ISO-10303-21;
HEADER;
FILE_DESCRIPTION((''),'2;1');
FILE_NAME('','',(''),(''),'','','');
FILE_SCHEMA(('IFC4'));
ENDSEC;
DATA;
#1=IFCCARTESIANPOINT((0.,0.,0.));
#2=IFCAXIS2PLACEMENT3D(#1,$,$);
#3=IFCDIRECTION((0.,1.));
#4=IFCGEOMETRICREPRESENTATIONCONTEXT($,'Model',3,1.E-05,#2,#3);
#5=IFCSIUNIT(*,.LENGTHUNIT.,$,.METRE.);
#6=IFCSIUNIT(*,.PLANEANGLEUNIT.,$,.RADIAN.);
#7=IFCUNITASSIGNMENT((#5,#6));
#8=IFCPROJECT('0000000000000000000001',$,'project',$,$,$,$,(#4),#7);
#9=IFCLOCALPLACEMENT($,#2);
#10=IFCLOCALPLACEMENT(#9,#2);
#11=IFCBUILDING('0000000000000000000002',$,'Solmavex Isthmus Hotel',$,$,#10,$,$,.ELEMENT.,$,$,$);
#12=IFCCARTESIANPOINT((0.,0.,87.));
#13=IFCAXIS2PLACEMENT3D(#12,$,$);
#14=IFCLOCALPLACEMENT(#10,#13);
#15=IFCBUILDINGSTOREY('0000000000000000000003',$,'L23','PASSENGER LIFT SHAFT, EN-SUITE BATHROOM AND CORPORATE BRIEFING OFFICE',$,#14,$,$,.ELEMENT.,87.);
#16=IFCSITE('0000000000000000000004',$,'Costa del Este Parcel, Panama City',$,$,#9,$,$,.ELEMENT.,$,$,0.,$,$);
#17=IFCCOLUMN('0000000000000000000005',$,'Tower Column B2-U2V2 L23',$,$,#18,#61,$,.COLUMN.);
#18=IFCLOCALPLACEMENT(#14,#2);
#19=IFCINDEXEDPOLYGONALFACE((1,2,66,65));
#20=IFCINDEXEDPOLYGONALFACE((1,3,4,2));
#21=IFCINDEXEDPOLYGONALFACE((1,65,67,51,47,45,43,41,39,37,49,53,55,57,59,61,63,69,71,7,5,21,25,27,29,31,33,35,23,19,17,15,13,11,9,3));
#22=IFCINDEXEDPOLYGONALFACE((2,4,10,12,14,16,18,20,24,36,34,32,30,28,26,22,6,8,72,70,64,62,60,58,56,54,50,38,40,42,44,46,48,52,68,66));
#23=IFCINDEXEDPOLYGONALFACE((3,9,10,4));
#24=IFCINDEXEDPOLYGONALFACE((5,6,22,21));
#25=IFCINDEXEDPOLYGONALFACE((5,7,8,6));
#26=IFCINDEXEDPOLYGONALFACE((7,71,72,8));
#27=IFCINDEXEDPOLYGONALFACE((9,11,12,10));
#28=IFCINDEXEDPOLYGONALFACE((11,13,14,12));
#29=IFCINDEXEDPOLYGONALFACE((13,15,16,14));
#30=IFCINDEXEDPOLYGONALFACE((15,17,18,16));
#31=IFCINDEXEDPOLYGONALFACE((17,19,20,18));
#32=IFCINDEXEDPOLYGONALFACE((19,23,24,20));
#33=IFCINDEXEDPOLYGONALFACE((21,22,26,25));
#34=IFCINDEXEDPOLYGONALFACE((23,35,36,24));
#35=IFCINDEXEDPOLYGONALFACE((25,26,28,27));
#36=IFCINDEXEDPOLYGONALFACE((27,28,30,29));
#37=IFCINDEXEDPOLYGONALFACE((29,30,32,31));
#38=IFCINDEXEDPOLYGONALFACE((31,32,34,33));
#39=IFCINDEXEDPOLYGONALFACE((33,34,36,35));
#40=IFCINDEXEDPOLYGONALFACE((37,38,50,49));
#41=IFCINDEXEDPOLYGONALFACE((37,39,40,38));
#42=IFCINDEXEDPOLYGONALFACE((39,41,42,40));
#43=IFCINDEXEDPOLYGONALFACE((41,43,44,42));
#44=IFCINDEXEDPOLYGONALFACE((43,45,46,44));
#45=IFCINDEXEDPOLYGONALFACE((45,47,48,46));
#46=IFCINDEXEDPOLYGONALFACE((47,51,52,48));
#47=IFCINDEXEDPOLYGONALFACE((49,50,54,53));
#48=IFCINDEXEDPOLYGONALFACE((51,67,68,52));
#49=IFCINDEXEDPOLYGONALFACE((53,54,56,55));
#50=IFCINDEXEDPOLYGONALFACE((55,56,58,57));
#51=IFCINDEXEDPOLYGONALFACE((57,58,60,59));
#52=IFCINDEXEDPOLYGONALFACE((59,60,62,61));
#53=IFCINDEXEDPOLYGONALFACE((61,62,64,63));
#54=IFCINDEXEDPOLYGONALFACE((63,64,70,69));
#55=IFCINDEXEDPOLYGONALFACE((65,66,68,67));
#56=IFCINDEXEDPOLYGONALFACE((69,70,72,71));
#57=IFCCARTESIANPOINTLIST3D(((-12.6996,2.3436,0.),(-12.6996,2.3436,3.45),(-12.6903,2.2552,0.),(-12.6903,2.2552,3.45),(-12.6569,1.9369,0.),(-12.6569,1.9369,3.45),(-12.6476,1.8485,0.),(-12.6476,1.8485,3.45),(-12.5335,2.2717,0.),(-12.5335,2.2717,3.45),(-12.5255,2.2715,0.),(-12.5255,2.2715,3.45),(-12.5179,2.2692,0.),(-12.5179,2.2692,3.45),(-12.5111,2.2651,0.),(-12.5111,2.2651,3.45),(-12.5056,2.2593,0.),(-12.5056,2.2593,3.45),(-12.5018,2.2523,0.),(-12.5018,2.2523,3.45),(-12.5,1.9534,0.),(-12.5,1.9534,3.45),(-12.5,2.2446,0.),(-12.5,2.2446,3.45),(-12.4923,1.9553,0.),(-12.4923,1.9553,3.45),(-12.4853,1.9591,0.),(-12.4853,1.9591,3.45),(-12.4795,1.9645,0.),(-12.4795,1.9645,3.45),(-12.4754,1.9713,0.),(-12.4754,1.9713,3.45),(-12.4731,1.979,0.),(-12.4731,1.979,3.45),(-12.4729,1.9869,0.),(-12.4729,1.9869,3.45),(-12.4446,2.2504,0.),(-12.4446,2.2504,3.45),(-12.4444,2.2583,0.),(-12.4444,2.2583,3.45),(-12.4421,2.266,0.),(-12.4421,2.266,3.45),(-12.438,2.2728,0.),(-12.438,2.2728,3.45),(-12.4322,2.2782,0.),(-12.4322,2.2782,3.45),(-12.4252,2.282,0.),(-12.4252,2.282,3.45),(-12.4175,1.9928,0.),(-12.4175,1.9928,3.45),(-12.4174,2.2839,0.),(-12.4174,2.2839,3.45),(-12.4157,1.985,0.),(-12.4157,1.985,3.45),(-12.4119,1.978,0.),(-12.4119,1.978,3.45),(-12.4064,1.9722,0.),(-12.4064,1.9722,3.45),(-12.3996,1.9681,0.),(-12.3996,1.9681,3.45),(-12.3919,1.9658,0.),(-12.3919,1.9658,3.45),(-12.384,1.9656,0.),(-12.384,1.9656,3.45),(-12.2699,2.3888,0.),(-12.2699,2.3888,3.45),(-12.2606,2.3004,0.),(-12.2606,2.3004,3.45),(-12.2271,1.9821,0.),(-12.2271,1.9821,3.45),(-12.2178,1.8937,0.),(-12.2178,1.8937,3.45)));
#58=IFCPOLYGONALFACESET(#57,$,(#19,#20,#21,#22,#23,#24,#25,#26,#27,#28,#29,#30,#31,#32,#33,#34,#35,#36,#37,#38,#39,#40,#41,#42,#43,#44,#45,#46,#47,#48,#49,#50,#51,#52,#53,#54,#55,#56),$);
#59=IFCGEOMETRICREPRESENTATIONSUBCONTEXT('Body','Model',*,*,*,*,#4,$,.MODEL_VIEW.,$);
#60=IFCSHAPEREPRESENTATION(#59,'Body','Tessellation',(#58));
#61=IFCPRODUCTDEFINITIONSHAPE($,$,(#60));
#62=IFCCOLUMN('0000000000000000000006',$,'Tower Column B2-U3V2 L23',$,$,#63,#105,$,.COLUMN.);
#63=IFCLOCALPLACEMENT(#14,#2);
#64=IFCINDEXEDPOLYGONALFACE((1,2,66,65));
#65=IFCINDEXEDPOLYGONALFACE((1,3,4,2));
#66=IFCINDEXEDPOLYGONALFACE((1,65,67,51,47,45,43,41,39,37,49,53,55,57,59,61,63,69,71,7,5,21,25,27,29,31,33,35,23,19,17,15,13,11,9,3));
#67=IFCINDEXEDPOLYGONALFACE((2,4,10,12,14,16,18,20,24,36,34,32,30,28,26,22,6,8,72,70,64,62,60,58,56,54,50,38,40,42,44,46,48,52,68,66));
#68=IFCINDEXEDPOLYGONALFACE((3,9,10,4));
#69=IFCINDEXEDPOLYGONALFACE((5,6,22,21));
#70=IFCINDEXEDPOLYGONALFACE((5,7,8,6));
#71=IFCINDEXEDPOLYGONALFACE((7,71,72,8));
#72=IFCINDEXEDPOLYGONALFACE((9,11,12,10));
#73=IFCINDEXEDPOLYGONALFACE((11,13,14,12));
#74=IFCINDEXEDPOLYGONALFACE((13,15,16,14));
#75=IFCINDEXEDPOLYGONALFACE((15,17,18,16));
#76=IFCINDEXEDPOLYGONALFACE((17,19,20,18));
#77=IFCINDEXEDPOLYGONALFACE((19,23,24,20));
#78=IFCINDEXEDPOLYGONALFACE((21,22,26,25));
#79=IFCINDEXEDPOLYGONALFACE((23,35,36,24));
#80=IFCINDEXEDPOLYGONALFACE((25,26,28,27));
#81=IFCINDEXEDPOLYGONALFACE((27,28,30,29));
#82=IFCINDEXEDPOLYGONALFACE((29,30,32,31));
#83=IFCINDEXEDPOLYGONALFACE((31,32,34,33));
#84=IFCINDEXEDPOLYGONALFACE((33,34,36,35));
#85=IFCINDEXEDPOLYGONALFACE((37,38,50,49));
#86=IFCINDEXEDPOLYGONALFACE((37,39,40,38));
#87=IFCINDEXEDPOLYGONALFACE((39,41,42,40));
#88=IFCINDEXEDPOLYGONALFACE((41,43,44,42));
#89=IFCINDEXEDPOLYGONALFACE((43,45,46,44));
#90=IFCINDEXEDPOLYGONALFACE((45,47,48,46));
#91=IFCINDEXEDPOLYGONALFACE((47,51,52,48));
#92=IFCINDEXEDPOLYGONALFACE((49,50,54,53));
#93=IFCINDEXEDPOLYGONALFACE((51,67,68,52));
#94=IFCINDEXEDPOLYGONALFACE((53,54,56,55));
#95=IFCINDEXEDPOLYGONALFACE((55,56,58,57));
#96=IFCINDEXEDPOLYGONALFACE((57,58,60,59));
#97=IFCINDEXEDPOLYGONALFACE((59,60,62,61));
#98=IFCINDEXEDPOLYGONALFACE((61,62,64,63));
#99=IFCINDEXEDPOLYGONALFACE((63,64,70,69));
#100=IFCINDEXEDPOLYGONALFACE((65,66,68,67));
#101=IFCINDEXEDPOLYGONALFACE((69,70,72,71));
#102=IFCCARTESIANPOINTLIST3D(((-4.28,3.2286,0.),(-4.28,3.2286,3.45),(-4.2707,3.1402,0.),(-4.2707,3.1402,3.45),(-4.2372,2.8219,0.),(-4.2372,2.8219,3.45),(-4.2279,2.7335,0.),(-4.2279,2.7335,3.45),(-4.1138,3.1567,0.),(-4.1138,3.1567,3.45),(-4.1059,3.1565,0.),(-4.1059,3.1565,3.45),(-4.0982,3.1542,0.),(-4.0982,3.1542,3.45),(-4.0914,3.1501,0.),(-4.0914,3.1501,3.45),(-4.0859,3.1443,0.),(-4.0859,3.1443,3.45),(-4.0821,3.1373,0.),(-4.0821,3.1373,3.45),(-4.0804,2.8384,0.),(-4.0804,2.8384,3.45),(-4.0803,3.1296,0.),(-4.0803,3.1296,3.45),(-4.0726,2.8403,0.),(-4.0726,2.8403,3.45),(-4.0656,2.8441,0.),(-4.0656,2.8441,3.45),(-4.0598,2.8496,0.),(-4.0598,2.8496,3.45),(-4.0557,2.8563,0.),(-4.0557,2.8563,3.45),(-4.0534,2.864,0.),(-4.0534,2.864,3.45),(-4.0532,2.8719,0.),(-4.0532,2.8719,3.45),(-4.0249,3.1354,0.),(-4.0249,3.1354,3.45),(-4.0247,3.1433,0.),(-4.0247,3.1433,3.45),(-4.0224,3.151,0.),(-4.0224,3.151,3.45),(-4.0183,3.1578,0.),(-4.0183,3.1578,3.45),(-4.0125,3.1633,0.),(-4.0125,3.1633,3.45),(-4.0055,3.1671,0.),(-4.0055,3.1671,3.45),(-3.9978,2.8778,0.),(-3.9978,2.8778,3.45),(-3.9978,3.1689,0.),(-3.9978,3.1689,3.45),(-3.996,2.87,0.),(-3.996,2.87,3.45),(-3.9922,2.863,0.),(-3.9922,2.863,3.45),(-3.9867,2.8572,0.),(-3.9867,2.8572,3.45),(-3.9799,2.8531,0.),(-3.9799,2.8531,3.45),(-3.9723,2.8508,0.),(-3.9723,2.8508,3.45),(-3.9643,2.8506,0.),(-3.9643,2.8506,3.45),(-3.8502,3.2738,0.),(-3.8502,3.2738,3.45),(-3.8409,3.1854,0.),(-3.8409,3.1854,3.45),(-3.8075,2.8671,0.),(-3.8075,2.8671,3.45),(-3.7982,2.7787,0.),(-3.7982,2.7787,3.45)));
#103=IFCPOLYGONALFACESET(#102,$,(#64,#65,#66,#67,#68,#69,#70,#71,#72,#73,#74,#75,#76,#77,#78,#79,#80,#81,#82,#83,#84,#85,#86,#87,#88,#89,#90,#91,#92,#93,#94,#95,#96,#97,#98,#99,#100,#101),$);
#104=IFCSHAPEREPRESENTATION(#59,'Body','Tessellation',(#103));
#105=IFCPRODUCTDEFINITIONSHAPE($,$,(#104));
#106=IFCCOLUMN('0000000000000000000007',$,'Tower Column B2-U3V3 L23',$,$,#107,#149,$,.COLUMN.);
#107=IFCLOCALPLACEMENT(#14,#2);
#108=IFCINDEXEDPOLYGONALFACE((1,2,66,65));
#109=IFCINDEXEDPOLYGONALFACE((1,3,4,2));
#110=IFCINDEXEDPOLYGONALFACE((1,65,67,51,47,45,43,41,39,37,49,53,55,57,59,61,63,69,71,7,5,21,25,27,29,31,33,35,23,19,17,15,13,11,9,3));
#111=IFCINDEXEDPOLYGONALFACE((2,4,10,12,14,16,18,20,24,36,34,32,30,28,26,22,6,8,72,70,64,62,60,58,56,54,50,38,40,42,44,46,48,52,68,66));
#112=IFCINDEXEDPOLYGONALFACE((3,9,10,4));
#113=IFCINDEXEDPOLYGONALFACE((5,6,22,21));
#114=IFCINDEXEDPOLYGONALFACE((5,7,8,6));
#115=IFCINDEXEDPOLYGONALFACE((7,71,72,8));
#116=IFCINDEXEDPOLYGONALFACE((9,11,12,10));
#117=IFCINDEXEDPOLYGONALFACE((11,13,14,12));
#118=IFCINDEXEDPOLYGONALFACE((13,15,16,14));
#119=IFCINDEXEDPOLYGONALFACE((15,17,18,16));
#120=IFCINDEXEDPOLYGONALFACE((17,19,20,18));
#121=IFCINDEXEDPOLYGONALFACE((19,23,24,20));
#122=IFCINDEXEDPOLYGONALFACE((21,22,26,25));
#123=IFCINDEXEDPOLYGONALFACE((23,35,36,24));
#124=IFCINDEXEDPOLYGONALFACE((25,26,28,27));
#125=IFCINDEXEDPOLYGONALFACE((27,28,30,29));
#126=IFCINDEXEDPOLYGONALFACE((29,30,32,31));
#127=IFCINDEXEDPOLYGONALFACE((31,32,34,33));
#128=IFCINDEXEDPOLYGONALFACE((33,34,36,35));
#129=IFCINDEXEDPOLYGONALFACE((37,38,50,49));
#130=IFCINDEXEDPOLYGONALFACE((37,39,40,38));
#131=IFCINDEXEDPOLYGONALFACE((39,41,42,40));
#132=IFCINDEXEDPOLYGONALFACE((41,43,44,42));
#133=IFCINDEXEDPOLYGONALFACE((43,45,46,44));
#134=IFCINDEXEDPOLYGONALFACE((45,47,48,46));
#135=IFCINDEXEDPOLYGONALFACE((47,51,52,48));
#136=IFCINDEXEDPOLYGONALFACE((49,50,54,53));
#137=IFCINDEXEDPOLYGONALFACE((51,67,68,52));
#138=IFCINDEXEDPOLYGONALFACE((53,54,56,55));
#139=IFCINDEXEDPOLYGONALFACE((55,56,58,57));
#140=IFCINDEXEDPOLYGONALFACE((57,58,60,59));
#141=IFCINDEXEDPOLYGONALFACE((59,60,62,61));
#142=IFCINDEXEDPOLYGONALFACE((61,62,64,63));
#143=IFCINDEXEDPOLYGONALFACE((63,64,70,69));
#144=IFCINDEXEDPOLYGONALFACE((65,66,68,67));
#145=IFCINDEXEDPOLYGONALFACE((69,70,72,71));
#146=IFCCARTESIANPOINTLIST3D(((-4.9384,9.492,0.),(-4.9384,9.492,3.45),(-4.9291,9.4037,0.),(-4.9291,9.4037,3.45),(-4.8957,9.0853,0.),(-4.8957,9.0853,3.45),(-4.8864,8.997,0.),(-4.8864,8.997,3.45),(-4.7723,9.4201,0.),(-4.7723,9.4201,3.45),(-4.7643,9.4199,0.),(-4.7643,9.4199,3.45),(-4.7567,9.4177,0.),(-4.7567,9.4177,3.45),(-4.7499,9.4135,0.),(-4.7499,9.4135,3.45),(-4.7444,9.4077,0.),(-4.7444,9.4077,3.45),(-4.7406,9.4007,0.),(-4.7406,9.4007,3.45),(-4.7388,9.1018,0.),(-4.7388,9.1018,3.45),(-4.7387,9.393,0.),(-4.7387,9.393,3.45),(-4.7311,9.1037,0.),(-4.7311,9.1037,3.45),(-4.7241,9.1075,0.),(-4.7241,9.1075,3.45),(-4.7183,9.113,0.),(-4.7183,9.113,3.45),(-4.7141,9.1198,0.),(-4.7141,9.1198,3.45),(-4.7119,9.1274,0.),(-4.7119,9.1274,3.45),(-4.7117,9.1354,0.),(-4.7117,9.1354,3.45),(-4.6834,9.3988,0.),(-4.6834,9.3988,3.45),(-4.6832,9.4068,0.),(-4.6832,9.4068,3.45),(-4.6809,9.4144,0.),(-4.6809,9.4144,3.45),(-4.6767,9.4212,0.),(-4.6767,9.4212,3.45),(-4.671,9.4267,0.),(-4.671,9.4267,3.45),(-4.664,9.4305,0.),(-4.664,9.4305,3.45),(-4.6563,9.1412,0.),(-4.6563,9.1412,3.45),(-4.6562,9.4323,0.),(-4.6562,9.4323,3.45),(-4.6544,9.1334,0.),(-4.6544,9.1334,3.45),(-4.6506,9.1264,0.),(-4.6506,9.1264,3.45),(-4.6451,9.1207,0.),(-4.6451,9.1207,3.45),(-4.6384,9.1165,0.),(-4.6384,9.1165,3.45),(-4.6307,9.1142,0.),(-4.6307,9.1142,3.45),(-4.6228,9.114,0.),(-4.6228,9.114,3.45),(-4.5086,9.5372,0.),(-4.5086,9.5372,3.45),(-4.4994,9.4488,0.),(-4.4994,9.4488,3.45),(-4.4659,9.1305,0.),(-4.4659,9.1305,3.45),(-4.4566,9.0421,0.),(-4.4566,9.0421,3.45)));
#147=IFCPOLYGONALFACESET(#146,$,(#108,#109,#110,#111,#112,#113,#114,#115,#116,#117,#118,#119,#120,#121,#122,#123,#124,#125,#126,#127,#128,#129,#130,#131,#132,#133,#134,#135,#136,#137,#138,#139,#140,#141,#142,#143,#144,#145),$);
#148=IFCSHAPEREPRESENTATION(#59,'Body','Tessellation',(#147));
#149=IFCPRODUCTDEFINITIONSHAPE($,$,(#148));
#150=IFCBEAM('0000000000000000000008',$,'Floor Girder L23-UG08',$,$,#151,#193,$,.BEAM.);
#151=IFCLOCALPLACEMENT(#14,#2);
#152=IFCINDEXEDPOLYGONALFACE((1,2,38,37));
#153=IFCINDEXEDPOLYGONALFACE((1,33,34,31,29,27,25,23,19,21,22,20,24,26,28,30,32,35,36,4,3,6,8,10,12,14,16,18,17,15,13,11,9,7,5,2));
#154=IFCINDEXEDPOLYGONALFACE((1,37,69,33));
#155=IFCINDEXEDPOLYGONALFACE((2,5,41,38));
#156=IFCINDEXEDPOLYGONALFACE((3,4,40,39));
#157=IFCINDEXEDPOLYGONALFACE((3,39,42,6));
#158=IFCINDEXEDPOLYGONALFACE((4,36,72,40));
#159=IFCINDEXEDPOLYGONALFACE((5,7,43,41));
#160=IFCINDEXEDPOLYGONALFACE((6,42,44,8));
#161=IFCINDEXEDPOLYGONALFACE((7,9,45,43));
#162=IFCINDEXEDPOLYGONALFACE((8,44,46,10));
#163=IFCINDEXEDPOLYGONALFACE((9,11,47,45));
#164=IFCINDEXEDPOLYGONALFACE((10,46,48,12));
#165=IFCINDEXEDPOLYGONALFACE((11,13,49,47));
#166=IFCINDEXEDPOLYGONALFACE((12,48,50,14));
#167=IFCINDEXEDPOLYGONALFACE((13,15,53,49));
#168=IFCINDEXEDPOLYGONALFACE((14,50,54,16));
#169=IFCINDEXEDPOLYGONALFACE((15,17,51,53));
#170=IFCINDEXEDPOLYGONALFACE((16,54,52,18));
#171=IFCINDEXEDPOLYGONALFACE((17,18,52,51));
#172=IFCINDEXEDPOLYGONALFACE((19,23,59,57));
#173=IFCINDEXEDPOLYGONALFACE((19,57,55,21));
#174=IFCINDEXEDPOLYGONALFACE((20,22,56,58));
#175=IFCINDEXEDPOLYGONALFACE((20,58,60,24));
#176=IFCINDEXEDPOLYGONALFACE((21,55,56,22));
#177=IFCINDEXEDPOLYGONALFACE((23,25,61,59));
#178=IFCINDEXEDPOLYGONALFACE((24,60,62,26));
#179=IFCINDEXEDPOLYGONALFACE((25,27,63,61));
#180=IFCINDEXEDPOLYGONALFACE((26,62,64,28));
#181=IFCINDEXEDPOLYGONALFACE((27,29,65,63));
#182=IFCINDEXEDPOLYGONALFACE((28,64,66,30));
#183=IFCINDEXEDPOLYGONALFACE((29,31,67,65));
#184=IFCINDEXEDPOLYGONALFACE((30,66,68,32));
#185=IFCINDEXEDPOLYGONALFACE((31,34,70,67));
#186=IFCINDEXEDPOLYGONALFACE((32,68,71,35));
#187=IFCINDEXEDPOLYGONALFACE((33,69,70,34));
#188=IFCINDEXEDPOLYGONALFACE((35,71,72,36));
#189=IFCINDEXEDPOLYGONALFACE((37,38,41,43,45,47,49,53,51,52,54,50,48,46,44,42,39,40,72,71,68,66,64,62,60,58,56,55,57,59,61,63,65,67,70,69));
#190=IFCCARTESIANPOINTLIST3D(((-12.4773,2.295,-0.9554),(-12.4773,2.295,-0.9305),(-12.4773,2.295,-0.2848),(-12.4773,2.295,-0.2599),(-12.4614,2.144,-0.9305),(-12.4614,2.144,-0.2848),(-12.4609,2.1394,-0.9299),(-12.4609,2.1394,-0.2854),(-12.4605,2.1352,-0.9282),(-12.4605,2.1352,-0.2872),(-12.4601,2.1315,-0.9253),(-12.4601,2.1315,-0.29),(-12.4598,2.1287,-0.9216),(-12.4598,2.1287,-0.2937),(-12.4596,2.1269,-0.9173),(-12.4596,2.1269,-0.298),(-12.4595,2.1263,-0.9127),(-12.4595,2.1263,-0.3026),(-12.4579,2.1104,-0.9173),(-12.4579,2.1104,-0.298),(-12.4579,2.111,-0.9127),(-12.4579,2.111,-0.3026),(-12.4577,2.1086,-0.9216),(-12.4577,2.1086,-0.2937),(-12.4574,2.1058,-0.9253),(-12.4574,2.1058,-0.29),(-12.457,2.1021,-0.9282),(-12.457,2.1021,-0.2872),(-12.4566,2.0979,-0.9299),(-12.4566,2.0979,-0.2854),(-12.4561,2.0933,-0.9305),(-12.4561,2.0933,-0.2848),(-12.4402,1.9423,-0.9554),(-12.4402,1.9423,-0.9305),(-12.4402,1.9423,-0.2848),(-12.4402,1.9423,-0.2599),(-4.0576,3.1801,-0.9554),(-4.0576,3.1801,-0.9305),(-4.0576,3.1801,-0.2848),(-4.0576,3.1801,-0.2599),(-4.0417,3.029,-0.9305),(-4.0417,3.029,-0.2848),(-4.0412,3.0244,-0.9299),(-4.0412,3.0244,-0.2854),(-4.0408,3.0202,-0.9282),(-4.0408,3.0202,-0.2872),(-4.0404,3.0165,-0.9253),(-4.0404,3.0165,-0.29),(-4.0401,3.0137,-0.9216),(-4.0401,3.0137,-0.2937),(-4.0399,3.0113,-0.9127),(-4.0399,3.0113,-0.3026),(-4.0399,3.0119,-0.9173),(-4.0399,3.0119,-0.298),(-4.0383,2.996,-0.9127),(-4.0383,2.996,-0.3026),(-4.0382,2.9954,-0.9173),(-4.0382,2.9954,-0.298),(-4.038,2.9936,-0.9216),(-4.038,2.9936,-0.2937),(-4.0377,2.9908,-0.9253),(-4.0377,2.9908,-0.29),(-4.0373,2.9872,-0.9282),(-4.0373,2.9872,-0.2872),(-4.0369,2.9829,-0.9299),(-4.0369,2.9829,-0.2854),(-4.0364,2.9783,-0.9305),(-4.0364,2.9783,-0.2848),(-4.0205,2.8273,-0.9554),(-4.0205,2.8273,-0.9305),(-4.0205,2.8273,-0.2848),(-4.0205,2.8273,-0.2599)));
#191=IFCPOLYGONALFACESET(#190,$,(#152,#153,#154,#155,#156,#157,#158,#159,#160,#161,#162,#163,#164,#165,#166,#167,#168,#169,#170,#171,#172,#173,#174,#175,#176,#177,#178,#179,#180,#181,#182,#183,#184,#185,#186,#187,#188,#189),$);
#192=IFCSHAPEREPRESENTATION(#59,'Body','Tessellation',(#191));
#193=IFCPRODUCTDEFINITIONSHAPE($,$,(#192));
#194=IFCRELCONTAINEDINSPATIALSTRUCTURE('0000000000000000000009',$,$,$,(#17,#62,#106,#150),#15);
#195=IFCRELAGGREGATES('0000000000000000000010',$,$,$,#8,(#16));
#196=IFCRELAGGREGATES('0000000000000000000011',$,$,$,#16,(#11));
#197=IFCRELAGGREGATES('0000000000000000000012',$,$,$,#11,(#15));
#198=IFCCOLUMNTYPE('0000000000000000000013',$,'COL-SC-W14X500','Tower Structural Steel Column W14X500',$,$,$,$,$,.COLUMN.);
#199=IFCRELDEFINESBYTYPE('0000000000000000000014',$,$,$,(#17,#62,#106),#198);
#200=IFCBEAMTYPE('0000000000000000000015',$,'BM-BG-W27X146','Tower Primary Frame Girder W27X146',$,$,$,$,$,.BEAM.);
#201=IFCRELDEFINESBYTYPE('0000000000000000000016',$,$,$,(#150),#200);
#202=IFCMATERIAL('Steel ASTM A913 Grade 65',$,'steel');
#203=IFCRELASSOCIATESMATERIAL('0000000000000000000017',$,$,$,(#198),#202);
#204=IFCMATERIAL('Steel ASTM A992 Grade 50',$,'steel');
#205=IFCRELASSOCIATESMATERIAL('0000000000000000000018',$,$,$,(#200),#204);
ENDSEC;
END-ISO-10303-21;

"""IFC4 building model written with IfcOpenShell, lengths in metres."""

from ifc_helpers import new_model, si_unit, direction, frame, origin, origin_2d, place, context, subcontext, project, spatial, i_section, extrude, material, material_profile, profile_set, type_object, element, save


model = new_model("IFC4")

# Units and contexts
model_context = context("Model", 3, precision=1e-05, world=origin(), true_north=direction((0.0, 1.0)))
body_context = subcontext(model_context, "Body", "Model", "MODEL_VIEW")
ifc_project = project(units=[si_unit("LENGTHUNIT", "METRE"), si_unit("PLANEANGLEUNIT", "RADIAN")], contexts=[model_context])

# Site, building, storey
site_placement = place(None, origin())
site = spatial("IfcSite", under=ifc_project, at=site_placement, Name="Costa del Este Parcel, Panama City", CompositionType="ELEMENT", RefElevation=0.0)
building_placement = place(site_placement, origin())
building = spatial("IfcBuilding", under=site, at=building_placement, Name="Solmavex Isthmus Hotel", CompositionType="ELEMENT")
storey_placement = place(building_placement, frame((0.0, 0.0, 87.0)))
storey = spatial("IfcBuildingStorey", under=building, at=storey_placement, Name="L23", Description="PASSENGER LIFT SHAFT, EN-SUITE BATHROOM AND CORPORATE BRIEFING OFFICE", CompositionType="ELEMENT", Elevation=87.0)

# Columns
ifc_material_1 = material(Name="Steel ASTM A913 Grade 65", Category="steel")
ifc_material_profile_1 = material_profile(ifc_material_1, i_section(OverallWidth=0.4321, OverallDepth=0.4978, WebThickness=0.0557, FlangeThickness=0.0889, FilletRadius=0.0305, at=origin_2d()), Name="W14X500")
ifc_profile_set_1 = profile_set([ifc_material_profile_1], Name="Steel ASTM A913 Grade 65")
column_type = type_object("IfcColumnType", Name="COL-SC-W14X500", Description="Tower Structural Steel Column W14X500", PredefinedType="COLUMN", material=ifc_profile_set_1)
for number, where, z_axis, x_axis, name in (
    (1, (-12.4587, 2.1187, 0.0), (0.0, 0.0, 1.0), (0.994522, 0.104528, 0.0), "Tower Column B2-U2V2 L23"),
    (2, (-4.0391, 3.0037, 0.0), (0.0, 0.0, 1.0), (0.994522, 0.104528, 0.0), "Tower Column B2-U3V2 L23"),
    (3, (-4.6975, 9.2671, 0.0), (0.0, 0.0, 1.0), (0.994522, 0.104528, 0.0), "Tower Column B2-U3V3 L23"),
):
    element("IfcColumn", number, at=place(storey_placement, frame(where, z_axis=z_axis, x_axis=x_axis)), inside=storey, type_object=column_type, Name=name, PredefinedType="COLUMN", context=body_context, shape_type="SweptSolid", body=[
        extrude(i_section(OverallWidth=0.4321, OverallDepth=0.4978, WebThickness=0.0557, FlangeThickness=0.0889, FilletRadius=0.0305, at=origin_2d()), origin(), (0.0, 0.0, 1.0), 3.45),
    ])

# Beam
ifc_material_2 = material(Name="Steel ASTM A992 Grade 50", Category="steel")
ifc_material_profile_2 = material_profile(ifc_material_2, i_section(OverallWidth=0.3547, OverallDepth=0.6956, WebThickness=0.0154, FlangeThickness=0.0249, FilletRadius=0.0178, at=origin_2d()), Name="W27X146")
ifc_profile_set_2 = profile_set([ifc_material_profile_2], Name="Steel ASTM A992 Grade 50")
beam_type_1 = type_object("IfcBeamType", Name="BM-BG-W27X146", Description="Tower Primary Frame Girder W27X146", PredefinedType="BEAM", material=ifc_profile_set_2)
beam_1_placement = place(storey_placement, frame((-12.4587, 2.1187, -0.6077), z_axis=(0.994521, 0.104536, 0.0), x_axis=(-0.104536, 0.994521, 0.0)))
element("IfcBeam", 4, at=beam_1_placement, inside=storey, type_object=beam_type_1, Name="Floor Girder L23-UG08", PredefinedType="BEAM", context=body_context, shape_type="SweptSolid", body=[
    extrude(i_section(OverallWidth=0.3547, OverallDepth=0.6956, WebThickness=0.0154, FlangeThickness=0.0249, FilletRadius=0.0178, at=origin_2d()), origin(), (0.0, 0.0, 1.0), 8.4661),
])

save(model, "model.ifc")
